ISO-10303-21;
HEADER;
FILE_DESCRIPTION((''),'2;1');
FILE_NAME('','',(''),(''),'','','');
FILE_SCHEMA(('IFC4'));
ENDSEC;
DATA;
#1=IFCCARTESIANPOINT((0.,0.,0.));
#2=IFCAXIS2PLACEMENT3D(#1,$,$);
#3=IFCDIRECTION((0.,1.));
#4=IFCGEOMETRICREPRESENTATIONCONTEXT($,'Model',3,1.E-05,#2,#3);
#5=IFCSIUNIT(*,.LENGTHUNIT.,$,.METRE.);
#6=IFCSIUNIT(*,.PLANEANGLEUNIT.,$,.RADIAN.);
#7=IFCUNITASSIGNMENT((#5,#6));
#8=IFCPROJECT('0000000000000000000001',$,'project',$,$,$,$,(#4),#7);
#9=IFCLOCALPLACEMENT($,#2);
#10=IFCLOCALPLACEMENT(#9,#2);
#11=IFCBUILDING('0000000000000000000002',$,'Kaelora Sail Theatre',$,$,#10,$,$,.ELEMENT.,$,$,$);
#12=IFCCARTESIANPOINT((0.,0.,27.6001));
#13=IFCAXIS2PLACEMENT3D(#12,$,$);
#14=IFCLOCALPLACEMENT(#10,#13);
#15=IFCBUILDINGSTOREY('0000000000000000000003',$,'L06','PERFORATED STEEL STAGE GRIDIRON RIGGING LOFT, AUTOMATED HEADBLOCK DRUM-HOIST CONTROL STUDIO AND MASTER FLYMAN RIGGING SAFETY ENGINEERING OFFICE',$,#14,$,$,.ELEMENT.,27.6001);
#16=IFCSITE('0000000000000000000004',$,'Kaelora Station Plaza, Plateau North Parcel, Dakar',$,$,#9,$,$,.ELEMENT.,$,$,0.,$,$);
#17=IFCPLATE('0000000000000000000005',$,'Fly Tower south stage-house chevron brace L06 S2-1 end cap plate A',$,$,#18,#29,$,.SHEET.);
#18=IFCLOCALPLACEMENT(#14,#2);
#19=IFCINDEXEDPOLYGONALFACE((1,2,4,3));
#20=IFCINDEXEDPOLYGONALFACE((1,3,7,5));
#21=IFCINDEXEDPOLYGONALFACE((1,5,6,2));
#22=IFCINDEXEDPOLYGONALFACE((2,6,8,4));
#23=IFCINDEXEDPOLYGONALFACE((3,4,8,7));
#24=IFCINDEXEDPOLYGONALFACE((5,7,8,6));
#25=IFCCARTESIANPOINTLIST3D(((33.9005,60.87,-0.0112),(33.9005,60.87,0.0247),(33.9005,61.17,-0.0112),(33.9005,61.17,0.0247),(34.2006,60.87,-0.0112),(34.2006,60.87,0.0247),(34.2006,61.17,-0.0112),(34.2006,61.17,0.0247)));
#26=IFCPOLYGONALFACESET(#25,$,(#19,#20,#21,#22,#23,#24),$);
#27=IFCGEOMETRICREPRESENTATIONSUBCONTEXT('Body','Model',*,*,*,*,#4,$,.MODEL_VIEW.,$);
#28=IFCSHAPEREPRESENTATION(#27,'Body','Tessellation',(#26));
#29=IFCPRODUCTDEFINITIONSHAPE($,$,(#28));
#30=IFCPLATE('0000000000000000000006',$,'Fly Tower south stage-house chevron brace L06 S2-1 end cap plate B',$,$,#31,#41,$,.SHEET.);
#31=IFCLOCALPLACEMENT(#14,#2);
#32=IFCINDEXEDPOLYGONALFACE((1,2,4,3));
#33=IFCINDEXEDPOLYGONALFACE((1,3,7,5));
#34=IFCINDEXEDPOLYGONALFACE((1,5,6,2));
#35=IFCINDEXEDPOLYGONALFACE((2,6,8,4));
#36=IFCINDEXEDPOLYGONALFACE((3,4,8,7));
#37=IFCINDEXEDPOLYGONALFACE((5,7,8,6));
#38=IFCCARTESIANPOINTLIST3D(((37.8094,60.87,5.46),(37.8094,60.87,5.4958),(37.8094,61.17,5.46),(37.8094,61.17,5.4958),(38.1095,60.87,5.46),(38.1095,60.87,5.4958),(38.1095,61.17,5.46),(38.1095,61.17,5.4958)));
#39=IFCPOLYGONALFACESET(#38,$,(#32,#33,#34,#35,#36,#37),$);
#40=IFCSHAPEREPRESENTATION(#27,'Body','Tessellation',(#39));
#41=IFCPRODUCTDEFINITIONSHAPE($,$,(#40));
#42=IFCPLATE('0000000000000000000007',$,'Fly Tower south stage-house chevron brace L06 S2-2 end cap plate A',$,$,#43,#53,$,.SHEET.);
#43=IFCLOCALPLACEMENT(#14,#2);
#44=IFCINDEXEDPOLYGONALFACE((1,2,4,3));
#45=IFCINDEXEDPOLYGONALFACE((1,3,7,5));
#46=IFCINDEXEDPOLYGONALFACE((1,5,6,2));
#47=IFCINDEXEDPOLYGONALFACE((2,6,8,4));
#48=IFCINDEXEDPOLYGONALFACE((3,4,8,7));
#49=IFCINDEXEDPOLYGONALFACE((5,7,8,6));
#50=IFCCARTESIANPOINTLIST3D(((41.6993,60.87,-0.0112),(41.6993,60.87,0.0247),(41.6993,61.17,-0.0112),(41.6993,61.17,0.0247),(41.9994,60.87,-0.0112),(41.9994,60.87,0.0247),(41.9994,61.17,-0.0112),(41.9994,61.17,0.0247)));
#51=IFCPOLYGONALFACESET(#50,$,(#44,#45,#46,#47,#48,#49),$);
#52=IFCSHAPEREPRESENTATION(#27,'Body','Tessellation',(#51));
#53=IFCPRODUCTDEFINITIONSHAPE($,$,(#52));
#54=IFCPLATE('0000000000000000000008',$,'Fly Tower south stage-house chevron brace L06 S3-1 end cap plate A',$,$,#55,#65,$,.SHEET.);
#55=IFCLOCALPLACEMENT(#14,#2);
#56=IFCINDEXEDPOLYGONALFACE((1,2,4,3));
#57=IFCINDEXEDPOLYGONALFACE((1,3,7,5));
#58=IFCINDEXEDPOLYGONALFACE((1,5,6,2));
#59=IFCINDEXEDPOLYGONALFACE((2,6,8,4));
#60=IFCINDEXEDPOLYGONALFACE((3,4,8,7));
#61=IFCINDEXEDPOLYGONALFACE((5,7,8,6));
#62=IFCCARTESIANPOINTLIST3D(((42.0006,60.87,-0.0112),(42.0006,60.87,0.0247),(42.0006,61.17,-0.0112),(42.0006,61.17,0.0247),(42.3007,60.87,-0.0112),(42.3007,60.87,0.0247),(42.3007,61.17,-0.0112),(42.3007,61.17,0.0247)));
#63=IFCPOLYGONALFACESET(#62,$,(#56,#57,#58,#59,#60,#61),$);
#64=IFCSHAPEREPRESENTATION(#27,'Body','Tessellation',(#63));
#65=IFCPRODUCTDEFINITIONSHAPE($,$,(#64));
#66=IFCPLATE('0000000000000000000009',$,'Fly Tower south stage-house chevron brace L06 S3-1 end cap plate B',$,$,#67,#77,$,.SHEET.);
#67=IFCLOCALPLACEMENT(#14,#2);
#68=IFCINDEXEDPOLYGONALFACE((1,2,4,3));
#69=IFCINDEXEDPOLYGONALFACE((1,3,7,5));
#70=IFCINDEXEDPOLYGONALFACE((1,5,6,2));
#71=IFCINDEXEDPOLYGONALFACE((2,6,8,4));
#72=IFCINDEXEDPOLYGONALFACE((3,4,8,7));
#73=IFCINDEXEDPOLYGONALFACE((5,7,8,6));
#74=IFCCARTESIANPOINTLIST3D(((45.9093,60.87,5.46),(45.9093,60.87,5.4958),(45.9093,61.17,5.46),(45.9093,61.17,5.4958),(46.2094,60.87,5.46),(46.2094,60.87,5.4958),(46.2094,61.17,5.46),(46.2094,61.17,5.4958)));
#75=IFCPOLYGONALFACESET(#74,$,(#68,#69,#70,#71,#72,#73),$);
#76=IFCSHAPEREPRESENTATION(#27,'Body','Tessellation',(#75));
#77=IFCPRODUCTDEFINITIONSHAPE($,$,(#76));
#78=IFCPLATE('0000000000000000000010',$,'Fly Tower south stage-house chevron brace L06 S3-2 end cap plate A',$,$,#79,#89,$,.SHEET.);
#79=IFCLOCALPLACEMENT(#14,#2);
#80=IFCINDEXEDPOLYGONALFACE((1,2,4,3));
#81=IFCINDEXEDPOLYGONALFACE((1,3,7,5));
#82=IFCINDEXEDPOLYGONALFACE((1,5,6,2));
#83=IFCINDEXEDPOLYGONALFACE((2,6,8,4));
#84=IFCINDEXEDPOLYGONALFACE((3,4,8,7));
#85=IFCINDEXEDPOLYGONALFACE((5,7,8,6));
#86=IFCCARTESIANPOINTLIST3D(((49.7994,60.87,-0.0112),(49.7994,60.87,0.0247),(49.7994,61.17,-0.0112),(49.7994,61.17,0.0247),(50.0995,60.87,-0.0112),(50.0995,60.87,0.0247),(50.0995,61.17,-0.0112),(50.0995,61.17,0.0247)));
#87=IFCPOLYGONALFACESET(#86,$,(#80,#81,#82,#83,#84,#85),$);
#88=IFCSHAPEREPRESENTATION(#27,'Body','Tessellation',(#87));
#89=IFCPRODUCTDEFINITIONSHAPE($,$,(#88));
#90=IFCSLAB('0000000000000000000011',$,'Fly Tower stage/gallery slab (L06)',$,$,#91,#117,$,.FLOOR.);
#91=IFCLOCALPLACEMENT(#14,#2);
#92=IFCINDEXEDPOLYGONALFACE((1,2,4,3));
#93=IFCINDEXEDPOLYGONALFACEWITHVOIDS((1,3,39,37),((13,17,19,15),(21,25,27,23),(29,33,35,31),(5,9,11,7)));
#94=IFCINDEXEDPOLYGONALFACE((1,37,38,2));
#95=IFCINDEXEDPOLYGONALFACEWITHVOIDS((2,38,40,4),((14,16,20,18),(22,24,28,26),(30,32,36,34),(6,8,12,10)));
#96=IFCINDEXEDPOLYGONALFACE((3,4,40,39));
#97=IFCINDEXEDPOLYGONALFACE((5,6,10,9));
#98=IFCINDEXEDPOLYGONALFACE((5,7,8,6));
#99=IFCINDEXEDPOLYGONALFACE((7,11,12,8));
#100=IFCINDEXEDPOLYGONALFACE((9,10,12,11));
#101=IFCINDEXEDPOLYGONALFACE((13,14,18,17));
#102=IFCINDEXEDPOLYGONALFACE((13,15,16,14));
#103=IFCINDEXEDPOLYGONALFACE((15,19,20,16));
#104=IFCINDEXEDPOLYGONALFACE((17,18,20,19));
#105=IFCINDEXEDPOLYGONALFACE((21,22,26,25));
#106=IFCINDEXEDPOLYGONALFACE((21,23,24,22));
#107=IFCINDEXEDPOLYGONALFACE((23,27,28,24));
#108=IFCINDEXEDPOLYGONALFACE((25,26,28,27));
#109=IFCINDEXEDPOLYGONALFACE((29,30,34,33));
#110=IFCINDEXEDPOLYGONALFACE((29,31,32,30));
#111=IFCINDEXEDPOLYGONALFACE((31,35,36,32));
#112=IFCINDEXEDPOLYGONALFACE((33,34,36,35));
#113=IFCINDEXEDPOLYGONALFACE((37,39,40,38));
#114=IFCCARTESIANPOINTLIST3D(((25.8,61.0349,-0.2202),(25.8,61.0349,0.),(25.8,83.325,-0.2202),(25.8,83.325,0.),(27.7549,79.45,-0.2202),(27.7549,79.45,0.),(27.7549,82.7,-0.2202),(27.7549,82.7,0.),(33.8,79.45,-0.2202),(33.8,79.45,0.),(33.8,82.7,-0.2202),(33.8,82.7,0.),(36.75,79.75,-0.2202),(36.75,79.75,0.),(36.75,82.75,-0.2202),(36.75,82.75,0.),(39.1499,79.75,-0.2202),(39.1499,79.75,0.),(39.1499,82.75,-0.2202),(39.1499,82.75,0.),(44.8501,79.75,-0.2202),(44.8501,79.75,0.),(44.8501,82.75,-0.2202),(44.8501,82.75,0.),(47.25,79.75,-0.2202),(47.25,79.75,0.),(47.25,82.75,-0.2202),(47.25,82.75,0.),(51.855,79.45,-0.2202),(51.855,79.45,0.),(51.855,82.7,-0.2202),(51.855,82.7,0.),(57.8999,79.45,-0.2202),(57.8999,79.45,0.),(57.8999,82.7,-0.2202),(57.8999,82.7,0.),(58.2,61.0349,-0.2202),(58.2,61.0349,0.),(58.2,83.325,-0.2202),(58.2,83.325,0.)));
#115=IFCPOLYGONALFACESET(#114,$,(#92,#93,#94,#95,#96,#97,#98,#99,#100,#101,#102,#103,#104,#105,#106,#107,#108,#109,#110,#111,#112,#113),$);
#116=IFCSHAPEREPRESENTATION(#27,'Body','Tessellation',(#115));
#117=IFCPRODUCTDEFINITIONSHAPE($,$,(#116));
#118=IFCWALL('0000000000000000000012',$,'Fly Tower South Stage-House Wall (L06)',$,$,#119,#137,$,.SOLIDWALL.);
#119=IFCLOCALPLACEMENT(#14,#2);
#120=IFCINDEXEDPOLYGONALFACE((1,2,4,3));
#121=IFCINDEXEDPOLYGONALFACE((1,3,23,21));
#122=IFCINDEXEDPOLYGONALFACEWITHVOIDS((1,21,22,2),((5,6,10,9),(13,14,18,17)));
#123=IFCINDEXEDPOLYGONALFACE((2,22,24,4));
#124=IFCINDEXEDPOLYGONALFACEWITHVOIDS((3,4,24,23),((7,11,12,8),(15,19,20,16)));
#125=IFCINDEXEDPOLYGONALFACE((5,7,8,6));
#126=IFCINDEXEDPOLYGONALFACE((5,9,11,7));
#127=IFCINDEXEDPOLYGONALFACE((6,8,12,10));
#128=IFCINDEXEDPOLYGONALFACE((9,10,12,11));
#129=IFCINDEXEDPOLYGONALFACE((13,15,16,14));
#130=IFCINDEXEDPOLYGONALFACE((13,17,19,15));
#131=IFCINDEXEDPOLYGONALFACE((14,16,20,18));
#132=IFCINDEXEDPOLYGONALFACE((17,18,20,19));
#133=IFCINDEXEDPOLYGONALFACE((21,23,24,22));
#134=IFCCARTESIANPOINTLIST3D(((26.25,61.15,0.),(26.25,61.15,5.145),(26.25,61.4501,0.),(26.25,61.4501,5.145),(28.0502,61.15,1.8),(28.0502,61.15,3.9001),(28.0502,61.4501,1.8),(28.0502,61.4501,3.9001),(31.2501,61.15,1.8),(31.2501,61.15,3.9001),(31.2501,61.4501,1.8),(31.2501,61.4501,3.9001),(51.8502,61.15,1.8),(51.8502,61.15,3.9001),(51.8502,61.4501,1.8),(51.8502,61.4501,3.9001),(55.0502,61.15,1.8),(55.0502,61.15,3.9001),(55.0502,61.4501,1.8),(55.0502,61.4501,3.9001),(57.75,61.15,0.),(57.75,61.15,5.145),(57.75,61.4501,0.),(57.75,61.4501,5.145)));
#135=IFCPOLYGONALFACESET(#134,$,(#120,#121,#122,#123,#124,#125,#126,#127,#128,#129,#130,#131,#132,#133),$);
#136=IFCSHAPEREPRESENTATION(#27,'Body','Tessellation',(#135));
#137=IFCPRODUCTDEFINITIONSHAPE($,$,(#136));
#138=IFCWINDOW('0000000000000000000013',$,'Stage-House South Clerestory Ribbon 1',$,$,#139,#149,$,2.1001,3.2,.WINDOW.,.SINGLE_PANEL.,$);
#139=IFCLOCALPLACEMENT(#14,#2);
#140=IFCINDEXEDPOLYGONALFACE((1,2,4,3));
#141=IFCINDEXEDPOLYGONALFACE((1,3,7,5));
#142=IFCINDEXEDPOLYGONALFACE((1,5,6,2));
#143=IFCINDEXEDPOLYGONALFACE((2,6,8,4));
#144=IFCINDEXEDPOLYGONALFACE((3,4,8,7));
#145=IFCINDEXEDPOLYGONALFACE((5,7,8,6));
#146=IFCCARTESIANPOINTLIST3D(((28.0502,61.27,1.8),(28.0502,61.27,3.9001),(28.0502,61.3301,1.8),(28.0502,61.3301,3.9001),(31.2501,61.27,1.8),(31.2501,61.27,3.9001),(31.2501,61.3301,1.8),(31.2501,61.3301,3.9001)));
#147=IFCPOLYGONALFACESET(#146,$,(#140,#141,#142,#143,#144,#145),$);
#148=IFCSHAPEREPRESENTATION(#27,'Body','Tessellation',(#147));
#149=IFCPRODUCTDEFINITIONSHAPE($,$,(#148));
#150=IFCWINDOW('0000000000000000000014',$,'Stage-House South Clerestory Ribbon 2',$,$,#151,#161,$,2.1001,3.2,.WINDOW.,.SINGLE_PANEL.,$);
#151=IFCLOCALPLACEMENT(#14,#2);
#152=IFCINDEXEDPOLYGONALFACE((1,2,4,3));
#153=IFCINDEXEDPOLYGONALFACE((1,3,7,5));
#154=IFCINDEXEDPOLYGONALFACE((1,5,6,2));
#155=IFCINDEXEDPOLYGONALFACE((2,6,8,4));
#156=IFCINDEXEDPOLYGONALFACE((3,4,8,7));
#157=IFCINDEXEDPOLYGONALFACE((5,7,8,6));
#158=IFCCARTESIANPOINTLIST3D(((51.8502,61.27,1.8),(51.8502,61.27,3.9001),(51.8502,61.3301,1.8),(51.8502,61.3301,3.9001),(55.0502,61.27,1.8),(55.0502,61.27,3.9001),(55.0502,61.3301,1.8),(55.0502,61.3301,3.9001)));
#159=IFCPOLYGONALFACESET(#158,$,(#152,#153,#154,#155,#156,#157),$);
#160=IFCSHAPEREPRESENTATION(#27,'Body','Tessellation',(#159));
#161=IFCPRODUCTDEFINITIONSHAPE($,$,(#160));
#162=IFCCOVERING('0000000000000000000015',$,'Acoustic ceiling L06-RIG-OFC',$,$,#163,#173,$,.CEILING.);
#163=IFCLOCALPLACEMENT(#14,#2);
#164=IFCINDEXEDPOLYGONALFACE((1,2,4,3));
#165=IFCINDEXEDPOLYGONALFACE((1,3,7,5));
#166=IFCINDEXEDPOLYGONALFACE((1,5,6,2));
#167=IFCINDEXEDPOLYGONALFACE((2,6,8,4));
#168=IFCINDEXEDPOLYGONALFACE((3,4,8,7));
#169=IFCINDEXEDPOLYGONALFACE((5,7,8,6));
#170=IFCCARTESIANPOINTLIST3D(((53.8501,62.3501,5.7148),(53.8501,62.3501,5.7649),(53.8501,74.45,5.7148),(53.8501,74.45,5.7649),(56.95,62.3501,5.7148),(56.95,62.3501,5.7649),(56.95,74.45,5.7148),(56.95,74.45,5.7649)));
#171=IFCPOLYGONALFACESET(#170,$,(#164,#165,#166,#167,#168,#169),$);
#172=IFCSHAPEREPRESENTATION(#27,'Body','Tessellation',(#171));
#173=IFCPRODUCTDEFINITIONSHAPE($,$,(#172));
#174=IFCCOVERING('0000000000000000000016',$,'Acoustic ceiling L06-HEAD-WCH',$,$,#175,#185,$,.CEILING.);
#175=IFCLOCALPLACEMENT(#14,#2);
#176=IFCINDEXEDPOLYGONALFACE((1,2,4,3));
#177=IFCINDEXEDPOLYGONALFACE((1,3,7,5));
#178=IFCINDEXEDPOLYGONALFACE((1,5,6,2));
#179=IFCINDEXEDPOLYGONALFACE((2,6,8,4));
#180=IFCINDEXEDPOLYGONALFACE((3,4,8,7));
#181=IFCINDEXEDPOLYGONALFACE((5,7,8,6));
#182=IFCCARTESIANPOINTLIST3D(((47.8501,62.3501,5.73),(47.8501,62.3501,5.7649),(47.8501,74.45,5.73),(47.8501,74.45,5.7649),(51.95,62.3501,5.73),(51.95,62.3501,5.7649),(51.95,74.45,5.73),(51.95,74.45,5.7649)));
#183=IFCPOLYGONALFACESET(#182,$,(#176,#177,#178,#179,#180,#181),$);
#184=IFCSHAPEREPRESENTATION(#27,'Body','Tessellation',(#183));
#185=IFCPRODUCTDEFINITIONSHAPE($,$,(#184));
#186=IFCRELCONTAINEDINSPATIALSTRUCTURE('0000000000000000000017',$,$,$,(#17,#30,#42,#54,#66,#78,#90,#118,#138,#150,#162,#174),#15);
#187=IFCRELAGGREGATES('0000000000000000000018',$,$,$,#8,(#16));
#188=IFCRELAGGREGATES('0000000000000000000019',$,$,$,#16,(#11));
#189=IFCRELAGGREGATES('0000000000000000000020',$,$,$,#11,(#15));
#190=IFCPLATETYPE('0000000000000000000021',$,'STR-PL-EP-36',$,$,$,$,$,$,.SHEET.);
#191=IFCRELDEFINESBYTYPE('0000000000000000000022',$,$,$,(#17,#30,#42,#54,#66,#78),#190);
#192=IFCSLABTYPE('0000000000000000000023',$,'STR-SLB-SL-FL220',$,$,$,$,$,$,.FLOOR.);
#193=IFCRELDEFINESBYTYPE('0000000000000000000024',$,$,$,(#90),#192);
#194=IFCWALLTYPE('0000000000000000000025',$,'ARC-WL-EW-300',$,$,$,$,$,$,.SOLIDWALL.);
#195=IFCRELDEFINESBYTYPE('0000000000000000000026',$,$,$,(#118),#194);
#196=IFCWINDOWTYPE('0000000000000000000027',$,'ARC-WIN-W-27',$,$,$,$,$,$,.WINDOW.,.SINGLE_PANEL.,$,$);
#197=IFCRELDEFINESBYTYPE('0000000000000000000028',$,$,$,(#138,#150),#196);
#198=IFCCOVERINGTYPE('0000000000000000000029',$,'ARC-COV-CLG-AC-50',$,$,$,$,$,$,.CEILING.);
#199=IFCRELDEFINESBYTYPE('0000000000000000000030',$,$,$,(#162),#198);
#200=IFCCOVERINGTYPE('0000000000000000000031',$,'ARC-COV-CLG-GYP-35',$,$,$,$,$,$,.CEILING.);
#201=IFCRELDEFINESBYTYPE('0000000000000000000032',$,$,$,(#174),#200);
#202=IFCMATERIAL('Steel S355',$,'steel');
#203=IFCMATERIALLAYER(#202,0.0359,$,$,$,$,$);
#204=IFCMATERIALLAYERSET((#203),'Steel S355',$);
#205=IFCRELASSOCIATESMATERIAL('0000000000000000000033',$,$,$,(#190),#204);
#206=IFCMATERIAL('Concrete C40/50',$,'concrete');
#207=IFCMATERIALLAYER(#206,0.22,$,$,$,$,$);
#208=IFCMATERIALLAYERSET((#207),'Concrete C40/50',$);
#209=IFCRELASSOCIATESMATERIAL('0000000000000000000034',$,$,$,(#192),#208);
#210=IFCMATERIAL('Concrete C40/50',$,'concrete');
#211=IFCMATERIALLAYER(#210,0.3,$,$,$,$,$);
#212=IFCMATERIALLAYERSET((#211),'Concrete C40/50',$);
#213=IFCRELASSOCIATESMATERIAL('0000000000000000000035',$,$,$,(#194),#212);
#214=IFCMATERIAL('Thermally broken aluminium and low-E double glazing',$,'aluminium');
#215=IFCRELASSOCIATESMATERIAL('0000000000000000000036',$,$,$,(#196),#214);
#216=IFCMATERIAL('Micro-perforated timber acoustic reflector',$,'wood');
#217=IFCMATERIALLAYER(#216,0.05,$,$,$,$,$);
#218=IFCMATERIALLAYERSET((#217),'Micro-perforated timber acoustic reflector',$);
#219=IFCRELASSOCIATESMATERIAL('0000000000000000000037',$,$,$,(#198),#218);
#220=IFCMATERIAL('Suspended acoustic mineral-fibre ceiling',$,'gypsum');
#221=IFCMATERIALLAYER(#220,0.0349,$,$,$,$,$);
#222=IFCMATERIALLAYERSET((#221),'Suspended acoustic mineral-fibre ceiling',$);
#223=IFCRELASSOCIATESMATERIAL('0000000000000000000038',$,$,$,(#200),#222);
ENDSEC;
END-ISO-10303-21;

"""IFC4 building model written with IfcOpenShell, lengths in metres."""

from ifc_helpers import new_model, si_unit, direction, frame, frame_2d, origin, origin_2d, place, context, subcontext, project, spatial, polyline, rectangle, outline, extrude, material, layer, layer_set, type_object, element, fill, save


model = new_model("IFC4")

# Units and contexts
model_context = context("Model", 3, precision=1e-05, world=origin(), true_north=direction((0.0, 1.0)))
body_context = subcontext(model_context, "Body", "Model", "MODEL_VIEW")
ifc_project = project(units=[si_unit("LENGTHUNIT", "METRE"), si_unit("PLANEANGLEUNIT", "RADIAN")], contexts=[model_context])

# Site, building, storey
site_placement = place(None, origin())
site = spatial("IfcSite", under=ifc_project, at=site_placement, Name="Kaelora Station Plaza, Plateau North Parcel, Dakar", CompositionType="ELEMENT", RefElevation=0.0)
building_placement = place(site_placement, origin())
building = spatial("IfcBuilding", under=site, at=building_placement, Name="Kaelora Sail Theatre", CompositionType="ELEMENT")
storey_placement = place(building_placement, frame((0.0, 0.0, 27.6001)))
storey = spatial("IfcBuildingStorey", under=building, at=storey_placement, Name="L06", Description="PERFORATED STEEL STAGE GRIDIRON RIGGING LOFT, AUTOMATED HEADBLOCK DRUM-HOIST CONTROL STUDIO AND MASTER FLYMAN RIGGING SAFETY ENGINEERING OFFICE", CompositionType="ELEMENT", Elevation=27.6001)

# Plates
ifc_material_1 = material(Name="Steel S355", Category="steel")
ifc_layer_1 = layer(ifc_material_1, 0.0359)
ifc_layer_set_1 = layer_set([ifc_layer_1], Name="Steel S355")
plate_type = type_object("IfcPlateType", Name="STR-PL-EP-36", PredefinedType="SHEET", material=ifc_layer_set_1)
for number, where, z_axis, x_axis, name in (
    (1, (34.0505, 61.02, -0.0112), (0.0, 0.0, 1.0), (1.0, 0.0, 0.0), "Fly Tower south stage-house chevron brace L06 S2-1 end cap plate A"),
    (2, (37.9595, 61.02, 5.46), (0.0, 0.0, 1.0), (1.0, 0.0, 0.0), "Fly Tower south stage-house chevron brace L06 S2-1 end cap plate B"),
    (3, (41.8494, 61.02, -0.0112), (0.0, 0.0, 1.0), (1.0, 0.0, 0.0), "Fly Tower south stage-house chevron brace L06 S2-2 end cap plate A"),
    (4, (42.1506, 61.02, -0.0112), (0.0, 0.0, 1.0), (1.0, 0.0, 0.0), "Fly Tower south stage-house chevron brace L06 S3-1 end cap plate A"),
    (5, (46.0593, 61.02, 5.46), (0.0, 0.0, 1.0), (1.0, 0.0, 0.0), "Fly Tower south stage-house chevron brace L06 S3-1 end cap plate B"),
    (6, (49.9495, 61.02, -0.0112), (0.0, 0.0, 1.0), (1.0, 0.0, 0.0), "Fly Tower south stage-house chevron brace L06 S3-2 end cap plate A"),
):
    element("IfcPlate", number, at=place(storey_placement, frame(where, z_axis=z_axis, x_axis=x_axis)), inside=storey, type_object=plate_type, Name=name, PredefinedType="SHEET", context=body_context, shape_type="SweptSolid", body=[
        extrude(rectangle(XDim=0.3, YDim=0.3, at=origin_2d()), origin(), (0.0, 0.0, 1.0), 0.0359),
    ])

# Slab
ifc_material_2 = material(Name="Concrete C40/50", Category="concrete")
ifc_layer_2 = layer(ifc_material_2, 0.22)
ifc_layer_set_2 = layer_set([ifc_layer_2], Name="Concrete C40/50")
slab_type_1 = type_object("IfcSlabType", Name="STR-SLB-SL-FL220", PredefinedType="FLOOR", material=ifc_layer_set_2)
slab_1_placement = place(storey_placement, frame((0.0, 0.0, -0.2202)))
element("IfcSlab", 7, at=slab_1_placement, inside=storey, type_object=slab_type_1, Name="Fly Tower stage/gallery slab (L06)", PredefinedType="FLOOR", context=body_context, shape_type="SweptSolid", body=[
    extrude(outline(polyline([(25.8, 61.0349), (58.2, 61.0349), (58.2, 83.325), (25.8, 83.325), (25.8, 61.0349)]), holes=[polyline([(27.7549, 79.45), (33.8, 79.45), (33.8, 82.7), (27.7549, 82.7), (27.7549, 79.45)]), polyline([(51.855, 79.45), (57.8999, 79.45), (57.8999, 82.7), (51.855, 82.7), (51.855, 79.45)]), polyline([(36.75, 79.75), (39.1499, 79.75), (39.1499, 82.75), (36.75, 82.75), (36.75, 79.75)]), polyline([(44.8501, 79.75), (47.25, 79.75), (47.25, 82.75), (44.8501, 82.75), (44.8501, 79.75)])]), origin(), (0.0, 0.0, 1.0), 0.2202),
])

# Wall, openings, windows
ifc_material_3 = material(Name="Concrete C40/50", Category="concrete")
ifc_layer_3 = layer(ifc_material_3, 0.3)
ifc_layer_set_3 = layer_set([ifc_layer_3], Name="Concrete C40/50")
wall_type = type_object("IfcWallType", Name="ARC-WL-EW-300", PredefinedType="SOLIDWALL", material=ifc_layer_set_3)
wall_placement = place(storey_placement, frame((26.25, 61.3, 0.0), z_axis=(0.0, 0.0, 1.0), x_axis=(1.0, 0.0, 0.0)))
wall = element("IfcWall", 8, at=wall_placement, inside=storey, type_object=wall_type, Name="Fly Tower South Stage-House Wall (L06)", PredefinedType="SOLIDWALL", context=body_context, shape_type="SweptSolid", body=[
    extrude(rectangle(XDim=31.5, YDim=0.3, at=frame_2d((15.75, 0.0))), origin(), (0.0, 0.0, 1.0), 5.145),
])
opening_1_placement = place(wall_placement, frame((1.8, 0.0, 1.8)))
opening_1 = element("IfcOpeningElement", 9, at=opening_1_placement, cuts=wall, PredefinedType="OPENING", context=body_context, shape_type="SweptSolid", body=[
    extrude(rectangle(XDim=3.2, YDim=2.1001, at=frame_2d((1.6001, 1.05))), frame((0.0, 0.1599, 0.0), z_axis=(0.0, -1.0, 0.0), x_axis=(1.0, 0.0, 0.0)), (0.0, 0.0, 1.0), 0.32),
])
opening_2_placement = place(wall_placement, frame((25.6001, 0.0, 1.8)))
opening_2 = element("IfcOpeningElement", 10, at=opening_2_placement, cuts=wall, PredefinedType="OPENING", context=body_context, shape_type="SweptSolid", body=[
    extrude(rectangle(XDim=3.2, YDim=2.1001, at=frame_2d((1.6001, 1.05))), frame((0.0, 0.1599, 0.0), z_axis=(0.0, -1.0, 0.0), x_axis=(1.0, 0.0, 0.0)), (0.0, 0.0, 1.0), 0.32),
])
ifc_material_4 = material(Name="Thermally broken aluminium and low-E double glazing", Category="aluminium")
window_type = type_object("IfcWindowType", Name="ARC-WIN-W-27", PartitioningType="SINGLE_PANEL", PredefinedType="WINDOW", material=ifc_material_4)
window_1_placement = place(opening_1_placement, origin())
window_1 = element("IfcWindow", 11, at=window_1_placement, inside=storey, type_object=window_type, Name="Stage-House South Clerestory Ribbon 1", OverallHeight=2.1001, OverallWidth=3.2, PartitioningType="SINGLE_PANEL", PredefinedType="WINDOW", context=body_context, shape_type="SweptSolid", body=[
    extrude(rectangle(XDim=3.2, YDim=2.1001, at=frame_2d((1.6001, 1.05))), frame((0.0, 0.03, 0.0), z_axis=(0.0, -1.0, 0.0), x_axis=(1.0, 0.0, 0.0)), (0.0, 0.0, 1.0), 0.0601),
])
fill(opening_1, window_1)
window_2_placement = place(opening_2_placement, origin())
window_2 = element("IfcWindow", 12, at=window_2_placement, inside=storey, type_object=window_type, Name="Stage-House South Clerestory Ribbon 2", OverallHeight=2.1001, OverallWidth=3.2, PartitioningType="SINGLE_PANEL", PredefinedType="WINDOW", context=body_context, shape_type="SweptSolid", body=[
    extrude(rectangle(XDim=3.2, YDim=2.1001, at=frame_2d((1.6001, 1.05))), frame((0.0, 0.03, 0.0), z_axis=(0.0, -1.0, 0.0), x_axis=(1.0, 0.0, 0.0)), (0.0, 0.0, 1.0), 0.0601),
])
fill(opening_2, window_2)

# Coverings
ifc_material_5 = material(Name="Micro-perforated timber acoustic reflector", Category="wood")
ifc_layer_4 = layer(ifc_material_5, 0.05)
ifc_layer_set_4 = layer_set([ifc_layer_4], Name="Micro-perforated timber acoustic reflector")
covering_type_1 = type_object("IfcCoveringType", Name="ARC-COV-CLG-AC-50", PredefinedType="CEILING", material=ifc_layer_set_4)
covering_1_placement = place(storey_placement, frame((0.0, 0.0, 5.7148)))
element("IfcCovering", 13, at=covering_1_placement, inside=storey, type_object=covering_type_1, Name="Acoustic ceiling L06-RIG-OFC", PredefinedType="CEILING", context=body_context, shape_type="SweptSolid", body=[
    extrude(outline(polyline([(53.8501, 62.3501), (56.95, 62.3501), (56.95, 74.45), (53.8501, 74.45), (53.8501, 62.3501)])), origin(), (0.0, 0.0, 1.0), 0.05),
])
ifc_material_6 = material(Name="Suspended acoustic mineral-fibre ceiling", Category="gypsum")
ifc_layer_5 = layer(ifc_material_6, 0.0349)
ifc_layer_set_5 = layer_set([ifc_layer_5], Name="Suspended acoustic mineral-fibre ceiling")
covering_type_2 = type_object("IfcCoveringType", Name="ARC-COV-CLG-GYP-35", PredefinedType="CEILING", material=ifc_layer_set_5)
covering_2_placement = place(storey_placement, frame((0.0, 0.0, 5.73)))
element("IfcCovering", 14, at=covering_2_placement, inside=storey, type_object=covering_type_2, Name="Acoustic ceiling L06-HEAD-WCH", PredefinedType="CEILING", context=body_context, shape_type="SweptSolid", body=[
    extrude(outline(polyline([(47.8501, 62.3501), (51.95, 62.3501), (51.95, 74.45), (47.8501, 74.45), (47.8501, 62.3501)])), origin(), (0.0, 0.0, 1.0), 0.0349),
])

save(model, "model.ifc")
